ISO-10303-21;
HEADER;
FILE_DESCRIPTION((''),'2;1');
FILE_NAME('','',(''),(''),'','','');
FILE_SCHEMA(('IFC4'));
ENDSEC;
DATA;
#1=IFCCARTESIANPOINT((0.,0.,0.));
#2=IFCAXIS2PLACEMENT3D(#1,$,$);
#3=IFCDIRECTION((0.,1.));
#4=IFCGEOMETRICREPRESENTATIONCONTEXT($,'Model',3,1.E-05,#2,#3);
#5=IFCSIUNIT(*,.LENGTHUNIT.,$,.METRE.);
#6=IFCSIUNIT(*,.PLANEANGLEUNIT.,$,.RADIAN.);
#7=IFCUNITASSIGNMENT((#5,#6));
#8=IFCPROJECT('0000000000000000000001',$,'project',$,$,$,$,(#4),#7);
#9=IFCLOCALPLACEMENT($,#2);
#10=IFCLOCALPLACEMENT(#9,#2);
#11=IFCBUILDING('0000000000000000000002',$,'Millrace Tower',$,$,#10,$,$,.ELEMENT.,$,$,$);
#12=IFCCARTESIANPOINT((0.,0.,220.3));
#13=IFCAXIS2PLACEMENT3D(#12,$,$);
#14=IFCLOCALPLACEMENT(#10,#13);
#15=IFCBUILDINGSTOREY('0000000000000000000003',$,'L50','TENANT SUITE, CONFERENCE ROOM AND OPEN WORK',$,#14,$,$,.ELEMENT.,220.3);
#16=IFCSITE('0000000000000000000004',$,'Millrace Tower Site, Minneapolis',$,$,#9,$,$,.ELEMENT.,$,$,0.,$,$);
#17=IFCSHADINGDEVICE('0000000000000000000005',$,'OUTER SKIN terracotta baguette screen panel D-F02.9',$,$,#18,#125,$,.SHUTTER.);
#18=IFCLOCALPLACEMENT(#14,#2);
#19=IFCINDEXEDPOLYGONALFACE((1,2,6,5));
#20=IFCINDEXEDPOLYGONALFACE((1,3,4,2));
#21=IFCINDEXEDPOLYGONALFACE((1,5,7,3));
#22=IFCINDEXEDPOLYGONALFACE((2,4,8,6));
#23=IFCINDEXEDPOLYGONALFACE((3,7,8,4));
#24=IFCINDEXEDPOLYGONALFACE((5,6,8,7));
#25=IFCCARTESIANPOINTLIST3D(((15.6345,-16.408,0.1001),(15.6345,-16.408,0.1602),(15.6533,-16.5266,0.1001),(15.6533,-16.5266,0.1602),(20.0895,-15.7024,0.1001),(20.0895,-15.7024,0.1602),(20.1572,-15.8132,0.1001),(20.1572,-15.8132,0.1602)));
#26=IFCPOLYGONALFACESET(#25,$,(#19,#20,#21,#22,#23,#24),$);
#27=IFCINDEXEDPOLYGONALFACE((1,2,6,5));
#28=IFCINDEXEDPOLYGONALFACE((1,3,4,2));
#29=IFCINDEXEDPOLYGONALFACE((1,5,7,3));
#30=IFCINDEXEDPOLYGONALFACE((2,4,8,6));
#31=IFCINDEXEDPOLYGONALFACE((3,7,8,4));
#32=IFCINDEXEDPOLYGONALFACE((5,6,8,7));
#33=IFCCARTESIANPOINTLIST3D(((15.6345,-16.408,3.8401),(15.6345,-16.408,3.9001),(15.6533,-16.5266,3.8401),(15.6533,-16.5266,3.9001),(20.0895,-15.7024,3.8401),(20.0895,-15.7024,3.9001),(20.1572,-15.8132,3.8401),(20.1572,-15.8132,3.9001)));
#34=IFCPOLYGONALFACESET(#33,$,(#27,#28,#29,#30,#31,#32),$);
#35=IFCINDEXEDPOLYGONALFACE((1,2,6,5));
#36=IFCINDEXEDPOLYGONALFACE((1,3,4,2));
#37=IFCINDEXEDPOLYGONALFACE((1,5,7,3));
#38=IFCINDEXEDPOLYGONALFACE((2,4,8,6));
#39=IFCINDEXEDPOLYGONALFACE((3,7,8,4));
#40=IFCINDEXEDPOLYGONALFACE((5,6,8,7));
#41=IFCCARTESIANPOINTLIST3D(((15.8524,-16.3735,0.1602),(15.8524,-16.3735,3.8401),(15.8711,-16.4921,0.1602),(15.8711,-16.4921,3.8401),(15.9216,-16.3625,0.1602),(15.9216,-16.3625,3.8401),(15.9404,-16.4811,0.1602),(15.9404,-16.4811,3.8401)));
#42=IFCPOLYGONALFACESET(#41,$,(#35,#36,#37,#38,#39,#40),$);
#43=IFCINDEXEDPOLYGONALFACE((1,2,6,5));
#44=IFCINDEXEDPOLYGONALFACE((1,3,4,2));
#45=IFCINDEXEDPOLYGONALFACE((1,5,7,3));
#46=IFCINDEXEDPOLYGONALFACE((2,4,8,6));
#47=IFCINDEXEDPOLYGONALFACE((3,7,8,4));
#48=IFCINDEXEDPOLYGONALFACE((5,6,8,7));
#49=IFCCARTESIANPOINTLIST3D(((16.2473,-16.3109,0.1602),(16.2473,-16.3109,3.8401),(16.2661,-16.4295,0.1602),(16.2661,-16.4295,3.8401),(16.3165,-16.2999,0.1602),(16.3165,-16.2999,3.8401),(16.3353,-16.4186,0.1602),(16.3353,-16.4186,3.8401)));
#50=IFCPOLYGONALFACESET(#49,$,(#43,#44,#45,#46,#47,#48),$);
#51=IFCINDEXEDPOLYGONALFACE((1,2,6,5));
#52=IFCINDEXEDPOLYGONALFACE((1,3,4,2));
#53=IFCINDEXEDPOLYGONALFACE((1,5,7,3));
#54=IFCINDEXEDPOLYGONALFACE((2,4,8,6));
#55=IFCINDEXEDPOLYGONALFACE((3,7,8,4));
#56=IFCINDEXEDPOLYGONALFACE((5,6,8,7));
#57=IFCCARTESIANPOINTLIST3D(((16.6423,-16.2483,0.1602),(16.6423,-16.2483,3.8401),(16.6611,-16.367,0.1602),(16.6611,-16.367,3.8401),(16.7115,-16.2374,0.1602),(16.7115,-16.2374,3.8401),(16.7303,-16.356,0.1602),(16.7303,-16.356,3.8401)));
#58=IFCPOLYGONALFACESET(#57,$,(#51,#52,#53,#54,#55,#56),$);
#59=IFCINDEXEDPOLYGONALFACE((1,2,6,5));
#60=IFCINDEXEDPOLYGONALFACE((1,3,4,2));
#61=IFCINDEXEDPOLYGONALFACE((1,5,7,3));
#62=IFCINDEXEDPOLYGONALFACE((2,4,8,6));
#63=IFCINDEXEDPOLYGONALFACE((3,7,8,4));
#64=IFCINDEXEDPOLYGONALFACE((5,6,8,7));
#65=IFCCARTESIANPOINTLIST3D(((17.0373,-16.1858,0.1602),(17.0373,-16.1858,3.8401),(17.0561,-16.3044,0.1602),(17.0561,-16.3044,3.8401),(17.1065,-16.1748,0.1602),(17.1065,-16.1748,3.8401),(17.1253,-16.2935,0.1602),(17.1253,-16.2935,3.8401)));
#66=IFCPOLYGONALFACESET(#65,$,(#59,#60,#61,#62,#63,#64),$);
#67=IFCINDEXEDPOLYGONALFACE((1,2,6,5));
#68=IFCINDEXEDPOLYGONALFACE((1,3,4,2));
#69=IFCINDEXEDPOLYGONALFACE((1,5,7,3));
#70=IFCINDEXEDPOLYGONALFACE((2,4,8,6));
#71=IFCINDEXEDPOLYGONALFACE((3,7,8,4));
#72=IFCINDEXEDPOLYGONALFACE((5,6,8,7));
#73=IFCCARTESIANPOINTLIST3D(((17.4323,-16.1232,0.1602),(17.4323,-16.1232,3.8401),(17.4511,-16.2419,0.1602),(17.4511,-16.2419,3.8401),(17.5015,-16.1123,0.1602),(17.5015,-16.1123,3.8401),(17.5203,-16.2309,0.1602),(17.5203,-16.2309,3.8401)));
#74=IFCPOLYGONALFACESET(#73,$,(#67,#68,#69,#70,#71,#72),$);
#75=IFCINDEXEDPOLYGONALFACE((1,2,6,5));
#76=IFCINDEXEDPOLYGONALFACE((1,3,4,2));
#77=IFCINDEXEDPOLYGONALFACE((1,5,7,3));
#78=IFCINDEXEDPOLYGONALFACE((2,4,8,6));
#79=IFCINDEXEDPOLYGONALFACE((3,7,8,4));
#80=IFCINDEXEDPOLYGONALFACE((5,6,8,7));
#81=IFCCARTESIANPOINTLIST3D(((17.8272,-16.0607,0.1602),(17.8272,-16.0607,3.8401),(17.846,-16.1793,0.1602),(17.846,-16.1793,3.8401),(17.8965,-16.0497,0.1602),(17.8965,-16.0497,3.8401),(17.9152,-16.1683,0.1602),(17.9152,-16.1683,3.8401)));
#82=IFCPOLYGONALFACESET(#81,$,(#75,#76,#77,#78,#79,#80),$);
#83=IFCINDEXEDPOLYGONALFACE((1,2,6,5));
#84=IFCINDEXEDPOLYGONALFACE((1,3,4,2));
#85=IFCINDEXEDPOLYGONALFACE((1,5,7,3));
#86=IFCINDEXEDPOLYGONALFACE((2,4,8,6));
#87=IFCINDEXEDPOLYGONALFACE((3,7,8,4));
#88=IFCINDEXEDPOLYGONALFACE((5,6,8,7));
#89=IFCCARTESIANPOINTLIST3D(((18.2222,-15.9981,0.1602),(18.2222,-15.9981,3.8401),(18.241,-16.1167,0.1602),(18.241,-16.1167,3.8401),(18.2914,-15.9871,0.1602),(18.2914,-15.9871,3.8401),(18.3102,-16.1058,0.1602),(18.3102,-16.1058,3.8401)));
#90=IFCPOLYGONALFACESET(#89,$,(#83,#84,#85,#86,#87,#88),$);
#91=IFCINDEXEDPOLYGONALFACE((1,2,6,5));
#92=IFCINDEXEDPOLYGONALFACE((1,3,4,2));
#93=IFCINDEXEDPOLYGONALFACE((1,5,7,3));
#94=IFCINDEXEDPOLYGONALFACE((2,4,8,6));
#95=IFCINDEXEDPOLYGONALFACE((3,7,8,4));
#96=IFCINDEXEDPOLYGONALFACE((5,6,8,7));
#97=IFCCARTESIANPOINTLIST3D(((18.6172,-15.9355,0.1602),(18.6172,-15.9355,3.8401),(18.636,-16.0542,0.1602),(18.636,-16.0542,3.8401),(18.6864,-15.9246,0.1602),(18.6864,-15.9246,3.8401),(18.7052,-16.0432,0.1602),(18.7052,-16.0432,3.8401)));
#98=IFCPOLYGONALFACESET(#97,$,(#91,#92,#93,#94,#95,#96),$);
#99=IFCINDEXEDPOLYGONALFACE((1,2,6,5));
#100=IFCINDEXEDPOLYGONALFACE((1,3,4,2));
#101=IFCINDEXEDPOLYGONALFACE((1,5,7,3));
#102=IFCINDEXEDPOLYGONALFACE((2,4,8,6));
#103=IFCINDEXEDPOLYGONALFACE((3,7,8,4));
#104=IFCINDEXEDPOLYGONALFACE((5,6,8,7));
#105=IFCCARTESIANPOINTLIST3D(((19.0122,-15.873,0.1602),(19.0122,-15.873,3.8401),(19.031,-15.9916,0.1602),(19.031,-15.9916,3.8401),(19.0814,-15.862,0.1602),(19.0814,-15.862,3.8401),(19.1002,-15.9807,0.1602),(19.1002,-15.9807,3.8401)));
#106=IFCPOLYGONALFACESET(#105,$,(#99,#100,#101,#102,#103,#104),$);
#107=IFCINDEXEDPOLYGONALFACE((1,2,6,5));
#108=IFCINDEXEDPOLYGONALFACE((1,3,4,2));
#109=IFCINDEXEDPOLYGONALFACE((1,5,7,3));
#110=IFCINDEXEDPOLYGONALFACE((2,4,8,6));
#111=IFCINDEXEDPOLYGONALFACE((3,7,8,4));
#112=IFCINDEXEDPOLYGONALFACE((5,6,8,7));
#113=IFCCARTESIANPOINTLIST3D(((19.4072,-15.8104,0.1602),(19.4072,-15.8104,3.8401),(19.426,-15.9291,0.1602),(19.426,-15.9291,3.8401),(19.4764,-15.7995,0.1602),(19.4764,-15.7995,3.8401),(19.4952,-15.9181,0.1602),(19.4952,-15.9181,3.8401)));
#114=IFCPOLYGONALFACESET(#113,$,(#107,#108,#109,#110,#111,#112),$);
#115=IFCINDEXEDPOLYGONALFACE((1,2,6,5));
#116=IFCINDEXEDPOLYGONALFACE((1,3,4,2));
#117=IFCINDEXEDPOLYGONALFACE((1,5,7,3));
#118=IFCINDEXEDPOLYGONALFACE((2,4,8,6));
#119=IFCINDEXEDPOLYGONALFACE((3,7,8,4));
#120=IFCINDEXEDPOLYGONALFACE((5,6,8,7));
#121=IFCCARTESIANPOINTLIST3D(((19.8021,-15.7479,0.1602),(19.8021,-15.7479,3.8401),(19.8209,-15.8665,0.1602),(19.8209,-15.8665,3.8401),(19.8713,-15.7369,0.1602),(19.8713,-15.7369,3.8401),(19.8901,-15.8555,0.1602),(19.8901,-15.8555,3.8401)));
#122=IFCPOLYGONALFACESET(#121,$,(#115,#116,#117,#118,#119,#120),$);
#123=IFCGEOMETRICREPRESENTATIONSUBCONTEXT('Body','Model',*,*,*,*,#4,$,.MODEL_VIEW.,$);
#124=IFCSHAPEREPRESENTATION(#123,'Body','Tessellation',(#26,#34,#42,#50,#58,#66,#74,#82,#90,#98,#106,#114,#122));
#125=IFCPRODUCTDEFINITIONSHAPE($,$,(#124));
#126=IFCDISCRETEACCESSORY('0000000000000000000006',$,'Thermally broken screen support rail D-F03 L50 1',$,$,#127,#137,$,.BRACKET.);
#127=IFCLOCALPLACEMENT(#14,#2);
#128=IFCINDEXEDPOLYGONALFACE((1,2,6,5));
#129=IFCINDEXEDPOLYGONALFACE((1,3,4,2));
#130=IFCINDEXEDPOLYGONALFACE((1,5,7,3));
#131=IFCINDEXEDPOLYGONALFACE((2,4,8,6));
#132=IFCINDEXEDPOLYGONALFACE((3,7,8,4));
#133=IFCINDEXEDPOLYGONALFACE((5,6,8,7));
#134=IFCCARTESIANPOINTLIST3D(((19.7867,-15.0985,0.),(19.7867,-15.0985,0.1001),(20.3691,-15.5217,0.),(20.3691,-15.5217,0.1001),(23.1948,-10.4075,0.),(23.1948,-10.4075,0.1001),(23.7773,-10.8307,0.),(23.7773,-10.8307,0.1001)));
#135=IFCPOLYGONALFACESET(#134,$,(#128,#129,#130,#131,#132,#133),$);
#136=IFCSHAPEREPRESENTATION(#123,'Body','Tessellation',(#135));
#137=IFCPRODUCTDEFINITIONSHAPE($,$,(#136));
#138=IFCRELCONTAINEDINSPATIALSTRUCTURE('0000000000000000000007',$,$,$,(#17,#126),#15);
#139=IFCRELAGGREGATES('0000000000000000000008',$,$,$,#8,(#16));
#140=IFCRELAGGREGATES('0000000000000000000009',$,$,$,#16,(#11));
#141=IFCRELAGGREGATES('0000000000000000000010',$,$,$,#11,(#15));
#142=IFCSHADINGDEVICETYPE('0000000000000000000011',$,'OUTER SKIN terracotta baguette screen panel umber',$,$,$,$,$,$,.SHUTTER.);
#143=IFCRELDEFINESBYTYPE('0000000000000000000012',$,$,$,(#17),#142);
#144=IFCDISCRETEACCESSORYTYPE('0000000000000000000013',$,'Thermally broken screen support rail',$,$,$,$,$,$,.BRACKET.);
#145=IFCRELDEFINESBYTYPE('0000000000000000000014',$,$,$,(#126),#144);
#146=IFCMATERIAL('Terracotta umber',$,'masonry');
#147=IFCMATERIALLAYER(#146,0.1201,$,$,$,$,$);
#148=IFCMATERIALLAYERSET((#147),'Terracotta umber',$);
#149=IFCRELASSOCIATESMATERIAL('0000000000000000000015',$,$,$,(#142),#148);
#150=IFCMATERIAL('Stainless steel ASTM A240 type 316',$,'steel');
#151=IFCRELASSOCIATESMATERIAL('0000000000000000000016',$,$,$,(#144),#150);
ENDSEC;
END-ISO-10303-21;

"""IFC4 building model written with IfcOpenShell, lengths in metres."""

from ifc_helpers import new_model, entity, si_unit, direction, frame, frame_2d, origin, origin_2d, place, context, subcontext, project, spatial, rectangle, extrude, source, transform, mapped, material, layer, layer_set, type_object, element, save


model = new_model("IFC4")

# Units and contexts
model_context = context("Model", 3, precision=1e-05, world=origin(), true_north=direction((0.0, 1.0)))
body_context = subcontext(model_context, "Body", "Model", "MODEL_VIEW")
ifc_project = project(units=[si_unit("LENGTHUNIT", "METRE"), si_unit("PLANEANGLEUNIT", "RADIAN")], contexts=[model_context])

# Site, building, storey
site_placement = place(None, origin())
site = spatial("IfcSite", under=ifc_project, at=site_placement, Name="Millrace Tower Site, Minneapolis", CompositionType="ELEMENT", RefElevation=0.0)
building_placement = place(site_placement, origin())
building = spatial("IfcBuilding", under=site, at=building_placement, Name="Millrace Tower", CompositionType="ELEMENT")
storey_placement = place(building_placement, frame((0.0, 0.0, 220.3)))
storey = spatial("IfcBuildingStorey", under=building, at=storey_placement, Name="L50", Description="TENANT SUITE, CONFERENCE ROOM AND OPEN WORK", CompositionType="ELEMENT", Elevation=220.3)

# Shading device
ifc_material_1 = material(Name="Terracotta umber", Category="masonry")
ifc_layer_1 = layer(ifc_material_1, 0.1201)
ifc_layer_set_1 = layer_set([ifc_layer_1], Name="Terracotta umber")
shading_device_type = type_object("IfcShadingDeviceType", Name="OUTER SKIN terracotta baguette screen panel umber", PredefinedType="SHUTTER", material=ifc_layer_set_1)
cartesian_point_1 = entity("IfcCartesianPoint", [-2.2676, 0.0601])
shared_polyline_1 = entity("IfcPolyline", [cartesian_point_1, entity("IfcCartesianPoint", [2.2429, 0.0601]), entity("IfcCartesianPoint", [2.2925, -0.0601]), entity("IfcCartesianPoint", [-2.2676, -0.0601]), cartesian_point_1])
shared_shape_1 = source(origin(), body_context, "Body", "SweptSolid", [
    entity("IfcExtrudedAreaSolid", entity("IfcArbitraryClosedProfileDef", "AREA", None, shared_polyline_1), entity("IfcAxis2Placement3D", entity("IfcCartesianPoint", [0.0, 0.0, 0.0])), entity("IfcDirection", [0.0, 0.0, 1.0]), 0.0601),
    entity("IfcExtrudedAreaSolid", entity("IfcArbitraryClosedProfileDef", "AREA", None, shared_polyline_1), entity("IfcAxis2Placement3D", entity("IfcCartesianPoint", [0.0, 0.0, 3.74])), entity("IfcDirection", [0.0, 0.0, 1.0]), 0.0601),
    extrude(rectangle(XDim=0.0701, YDim=0.1201, at=frame_2d((-2.012, 0.0))), frame((0.0, 0.0, 0.0601)), (0.0, 0.0, 1.0), 3.6799),
    extrude(rectangle(XDim=0.0701, YDim=0.1201, at=frame_2d((-1.6121, 0.0))), frame((0.0, 0.0, 0.0601)), (0.0, 0.0, 1.0), 3.6799),
    extrude(rectangle(XDim=0.0701, YDim=0.1201, at=frame_2d((-1.2122, 0.0))), frame((0.0, 0.0, 0.0601)), (0.0, 0.0, 1.0), 3.6799),
    extrude(rectangle(XDim=0.0701, YDim=0.1201, at=frame_2d((-0.8123, 0.0))), frame((0.0, 0.0, 0.0601)), (0.0, 0.0, 1.0), 3.6799),
    extrude(rectangle(XDim=0.0701, YDim=0.1201, at=frame_2d((-0.4124, 0.0))), frame((0.0, 0.0, 0.0601)), (0.0, 0.0, 1.0), 3.6799),
    extrude(rectangle(XDim=0.0701, YDim=0.1201, at=frame_2d((-0.0125, 0.0))), frame((0.0, 0.0, 0.0601)), (0.0, 0.0, 1.0), 3.6799),
    extrude(rectangle(XDim=0.0701, YDim=0.1201, at=frame_2d((0.3875, 0.0))), frame((0.0, 0.0, 0.0601)), (0.0, 0.0, 1.0), 3.6799),
    extrude(rectangle(XDim=0.0701, YDim=0.1201, at=frame_2d((0.7874, 0.0))), frame((0.0, 0.0, 0.0601)), (0.0, 0.0, 1.0), 3.6799),
    extrude(rectangle(XDim=0.0701, YDim=0.1201, at=frame_2d((1.1873, 0.0))), frame((0.0, 0.0, 0.0601)), (0.0, 0.0, 1.0), 3.6799),
    extrude(rectangle(XDim=0.0701, YDim=0.1201, at=frame_2d((1.5872, 0.0))), frame((0.0, 0.0, 0.0601)), (0.0, 0.0, 1.0), 3.6799),
    extrude(rectangle(XDim=0.0701, YDim=0.1201, at=frame_2d((1.9871, 0.0))), frame((0.0, 0.0, 0.0601)), (0.0, 0.0, 1.0), 3.6799),
])
shading_device_1_placement = place(storey_placement, frame((17.8835, -16.1125, 0.1001), z_axis=(0.0, 0.0, 1.0), x_axis=(0.987688, 0.156434, 0.0)))
element("IfcShadingDevice", 1, at=shading_device_1_placement, inside=storey, type_object=shading_device_type, Name="OUTER SKIN terracotta baguette screen panel D-F02.9", PredefinedType="SHUTTER", context=body_context, shape_type="MappedRepresentation", body=[
    mapped(shared_shape_1, transform((0.0, 0.0, 0.0), scale=1.0)),
])

# Discrete accessory
ifc_material_2 = material(Name="Stainless steel ASTM A240 type 316", Category="steel")
discrete_accessory_type = type_object("IfcDiscreteAccessoryType", Name="Thermally broken screen support rail", PredefinedType="BRACKET", material=ifc_material_2)
discrete_accessory_placement = place(storey_placement, frame((21.782, -12.9646, 0.0), z_axis=(0.0, 0.0, 1.0), x_axis=(0.587785, 0.809017, 0.0)))
element("IfcDiscreteAccessory", 2, at=discrete_accessory_placement, inside=storey, type_object=discrete_accessory_type, Name="Thermally broken screen support rail D-F03 L50 1", PredefinedType="BRACKET", context=body_context, shape_type="SweptSolid", body=[
    extrude(rectangle(XDim=5.7983, YDim=0.72, at=origin_2d()), origin(), (0.0, 0.0, 1.0), 0.1001),
])

save(model, "model.ifc")
